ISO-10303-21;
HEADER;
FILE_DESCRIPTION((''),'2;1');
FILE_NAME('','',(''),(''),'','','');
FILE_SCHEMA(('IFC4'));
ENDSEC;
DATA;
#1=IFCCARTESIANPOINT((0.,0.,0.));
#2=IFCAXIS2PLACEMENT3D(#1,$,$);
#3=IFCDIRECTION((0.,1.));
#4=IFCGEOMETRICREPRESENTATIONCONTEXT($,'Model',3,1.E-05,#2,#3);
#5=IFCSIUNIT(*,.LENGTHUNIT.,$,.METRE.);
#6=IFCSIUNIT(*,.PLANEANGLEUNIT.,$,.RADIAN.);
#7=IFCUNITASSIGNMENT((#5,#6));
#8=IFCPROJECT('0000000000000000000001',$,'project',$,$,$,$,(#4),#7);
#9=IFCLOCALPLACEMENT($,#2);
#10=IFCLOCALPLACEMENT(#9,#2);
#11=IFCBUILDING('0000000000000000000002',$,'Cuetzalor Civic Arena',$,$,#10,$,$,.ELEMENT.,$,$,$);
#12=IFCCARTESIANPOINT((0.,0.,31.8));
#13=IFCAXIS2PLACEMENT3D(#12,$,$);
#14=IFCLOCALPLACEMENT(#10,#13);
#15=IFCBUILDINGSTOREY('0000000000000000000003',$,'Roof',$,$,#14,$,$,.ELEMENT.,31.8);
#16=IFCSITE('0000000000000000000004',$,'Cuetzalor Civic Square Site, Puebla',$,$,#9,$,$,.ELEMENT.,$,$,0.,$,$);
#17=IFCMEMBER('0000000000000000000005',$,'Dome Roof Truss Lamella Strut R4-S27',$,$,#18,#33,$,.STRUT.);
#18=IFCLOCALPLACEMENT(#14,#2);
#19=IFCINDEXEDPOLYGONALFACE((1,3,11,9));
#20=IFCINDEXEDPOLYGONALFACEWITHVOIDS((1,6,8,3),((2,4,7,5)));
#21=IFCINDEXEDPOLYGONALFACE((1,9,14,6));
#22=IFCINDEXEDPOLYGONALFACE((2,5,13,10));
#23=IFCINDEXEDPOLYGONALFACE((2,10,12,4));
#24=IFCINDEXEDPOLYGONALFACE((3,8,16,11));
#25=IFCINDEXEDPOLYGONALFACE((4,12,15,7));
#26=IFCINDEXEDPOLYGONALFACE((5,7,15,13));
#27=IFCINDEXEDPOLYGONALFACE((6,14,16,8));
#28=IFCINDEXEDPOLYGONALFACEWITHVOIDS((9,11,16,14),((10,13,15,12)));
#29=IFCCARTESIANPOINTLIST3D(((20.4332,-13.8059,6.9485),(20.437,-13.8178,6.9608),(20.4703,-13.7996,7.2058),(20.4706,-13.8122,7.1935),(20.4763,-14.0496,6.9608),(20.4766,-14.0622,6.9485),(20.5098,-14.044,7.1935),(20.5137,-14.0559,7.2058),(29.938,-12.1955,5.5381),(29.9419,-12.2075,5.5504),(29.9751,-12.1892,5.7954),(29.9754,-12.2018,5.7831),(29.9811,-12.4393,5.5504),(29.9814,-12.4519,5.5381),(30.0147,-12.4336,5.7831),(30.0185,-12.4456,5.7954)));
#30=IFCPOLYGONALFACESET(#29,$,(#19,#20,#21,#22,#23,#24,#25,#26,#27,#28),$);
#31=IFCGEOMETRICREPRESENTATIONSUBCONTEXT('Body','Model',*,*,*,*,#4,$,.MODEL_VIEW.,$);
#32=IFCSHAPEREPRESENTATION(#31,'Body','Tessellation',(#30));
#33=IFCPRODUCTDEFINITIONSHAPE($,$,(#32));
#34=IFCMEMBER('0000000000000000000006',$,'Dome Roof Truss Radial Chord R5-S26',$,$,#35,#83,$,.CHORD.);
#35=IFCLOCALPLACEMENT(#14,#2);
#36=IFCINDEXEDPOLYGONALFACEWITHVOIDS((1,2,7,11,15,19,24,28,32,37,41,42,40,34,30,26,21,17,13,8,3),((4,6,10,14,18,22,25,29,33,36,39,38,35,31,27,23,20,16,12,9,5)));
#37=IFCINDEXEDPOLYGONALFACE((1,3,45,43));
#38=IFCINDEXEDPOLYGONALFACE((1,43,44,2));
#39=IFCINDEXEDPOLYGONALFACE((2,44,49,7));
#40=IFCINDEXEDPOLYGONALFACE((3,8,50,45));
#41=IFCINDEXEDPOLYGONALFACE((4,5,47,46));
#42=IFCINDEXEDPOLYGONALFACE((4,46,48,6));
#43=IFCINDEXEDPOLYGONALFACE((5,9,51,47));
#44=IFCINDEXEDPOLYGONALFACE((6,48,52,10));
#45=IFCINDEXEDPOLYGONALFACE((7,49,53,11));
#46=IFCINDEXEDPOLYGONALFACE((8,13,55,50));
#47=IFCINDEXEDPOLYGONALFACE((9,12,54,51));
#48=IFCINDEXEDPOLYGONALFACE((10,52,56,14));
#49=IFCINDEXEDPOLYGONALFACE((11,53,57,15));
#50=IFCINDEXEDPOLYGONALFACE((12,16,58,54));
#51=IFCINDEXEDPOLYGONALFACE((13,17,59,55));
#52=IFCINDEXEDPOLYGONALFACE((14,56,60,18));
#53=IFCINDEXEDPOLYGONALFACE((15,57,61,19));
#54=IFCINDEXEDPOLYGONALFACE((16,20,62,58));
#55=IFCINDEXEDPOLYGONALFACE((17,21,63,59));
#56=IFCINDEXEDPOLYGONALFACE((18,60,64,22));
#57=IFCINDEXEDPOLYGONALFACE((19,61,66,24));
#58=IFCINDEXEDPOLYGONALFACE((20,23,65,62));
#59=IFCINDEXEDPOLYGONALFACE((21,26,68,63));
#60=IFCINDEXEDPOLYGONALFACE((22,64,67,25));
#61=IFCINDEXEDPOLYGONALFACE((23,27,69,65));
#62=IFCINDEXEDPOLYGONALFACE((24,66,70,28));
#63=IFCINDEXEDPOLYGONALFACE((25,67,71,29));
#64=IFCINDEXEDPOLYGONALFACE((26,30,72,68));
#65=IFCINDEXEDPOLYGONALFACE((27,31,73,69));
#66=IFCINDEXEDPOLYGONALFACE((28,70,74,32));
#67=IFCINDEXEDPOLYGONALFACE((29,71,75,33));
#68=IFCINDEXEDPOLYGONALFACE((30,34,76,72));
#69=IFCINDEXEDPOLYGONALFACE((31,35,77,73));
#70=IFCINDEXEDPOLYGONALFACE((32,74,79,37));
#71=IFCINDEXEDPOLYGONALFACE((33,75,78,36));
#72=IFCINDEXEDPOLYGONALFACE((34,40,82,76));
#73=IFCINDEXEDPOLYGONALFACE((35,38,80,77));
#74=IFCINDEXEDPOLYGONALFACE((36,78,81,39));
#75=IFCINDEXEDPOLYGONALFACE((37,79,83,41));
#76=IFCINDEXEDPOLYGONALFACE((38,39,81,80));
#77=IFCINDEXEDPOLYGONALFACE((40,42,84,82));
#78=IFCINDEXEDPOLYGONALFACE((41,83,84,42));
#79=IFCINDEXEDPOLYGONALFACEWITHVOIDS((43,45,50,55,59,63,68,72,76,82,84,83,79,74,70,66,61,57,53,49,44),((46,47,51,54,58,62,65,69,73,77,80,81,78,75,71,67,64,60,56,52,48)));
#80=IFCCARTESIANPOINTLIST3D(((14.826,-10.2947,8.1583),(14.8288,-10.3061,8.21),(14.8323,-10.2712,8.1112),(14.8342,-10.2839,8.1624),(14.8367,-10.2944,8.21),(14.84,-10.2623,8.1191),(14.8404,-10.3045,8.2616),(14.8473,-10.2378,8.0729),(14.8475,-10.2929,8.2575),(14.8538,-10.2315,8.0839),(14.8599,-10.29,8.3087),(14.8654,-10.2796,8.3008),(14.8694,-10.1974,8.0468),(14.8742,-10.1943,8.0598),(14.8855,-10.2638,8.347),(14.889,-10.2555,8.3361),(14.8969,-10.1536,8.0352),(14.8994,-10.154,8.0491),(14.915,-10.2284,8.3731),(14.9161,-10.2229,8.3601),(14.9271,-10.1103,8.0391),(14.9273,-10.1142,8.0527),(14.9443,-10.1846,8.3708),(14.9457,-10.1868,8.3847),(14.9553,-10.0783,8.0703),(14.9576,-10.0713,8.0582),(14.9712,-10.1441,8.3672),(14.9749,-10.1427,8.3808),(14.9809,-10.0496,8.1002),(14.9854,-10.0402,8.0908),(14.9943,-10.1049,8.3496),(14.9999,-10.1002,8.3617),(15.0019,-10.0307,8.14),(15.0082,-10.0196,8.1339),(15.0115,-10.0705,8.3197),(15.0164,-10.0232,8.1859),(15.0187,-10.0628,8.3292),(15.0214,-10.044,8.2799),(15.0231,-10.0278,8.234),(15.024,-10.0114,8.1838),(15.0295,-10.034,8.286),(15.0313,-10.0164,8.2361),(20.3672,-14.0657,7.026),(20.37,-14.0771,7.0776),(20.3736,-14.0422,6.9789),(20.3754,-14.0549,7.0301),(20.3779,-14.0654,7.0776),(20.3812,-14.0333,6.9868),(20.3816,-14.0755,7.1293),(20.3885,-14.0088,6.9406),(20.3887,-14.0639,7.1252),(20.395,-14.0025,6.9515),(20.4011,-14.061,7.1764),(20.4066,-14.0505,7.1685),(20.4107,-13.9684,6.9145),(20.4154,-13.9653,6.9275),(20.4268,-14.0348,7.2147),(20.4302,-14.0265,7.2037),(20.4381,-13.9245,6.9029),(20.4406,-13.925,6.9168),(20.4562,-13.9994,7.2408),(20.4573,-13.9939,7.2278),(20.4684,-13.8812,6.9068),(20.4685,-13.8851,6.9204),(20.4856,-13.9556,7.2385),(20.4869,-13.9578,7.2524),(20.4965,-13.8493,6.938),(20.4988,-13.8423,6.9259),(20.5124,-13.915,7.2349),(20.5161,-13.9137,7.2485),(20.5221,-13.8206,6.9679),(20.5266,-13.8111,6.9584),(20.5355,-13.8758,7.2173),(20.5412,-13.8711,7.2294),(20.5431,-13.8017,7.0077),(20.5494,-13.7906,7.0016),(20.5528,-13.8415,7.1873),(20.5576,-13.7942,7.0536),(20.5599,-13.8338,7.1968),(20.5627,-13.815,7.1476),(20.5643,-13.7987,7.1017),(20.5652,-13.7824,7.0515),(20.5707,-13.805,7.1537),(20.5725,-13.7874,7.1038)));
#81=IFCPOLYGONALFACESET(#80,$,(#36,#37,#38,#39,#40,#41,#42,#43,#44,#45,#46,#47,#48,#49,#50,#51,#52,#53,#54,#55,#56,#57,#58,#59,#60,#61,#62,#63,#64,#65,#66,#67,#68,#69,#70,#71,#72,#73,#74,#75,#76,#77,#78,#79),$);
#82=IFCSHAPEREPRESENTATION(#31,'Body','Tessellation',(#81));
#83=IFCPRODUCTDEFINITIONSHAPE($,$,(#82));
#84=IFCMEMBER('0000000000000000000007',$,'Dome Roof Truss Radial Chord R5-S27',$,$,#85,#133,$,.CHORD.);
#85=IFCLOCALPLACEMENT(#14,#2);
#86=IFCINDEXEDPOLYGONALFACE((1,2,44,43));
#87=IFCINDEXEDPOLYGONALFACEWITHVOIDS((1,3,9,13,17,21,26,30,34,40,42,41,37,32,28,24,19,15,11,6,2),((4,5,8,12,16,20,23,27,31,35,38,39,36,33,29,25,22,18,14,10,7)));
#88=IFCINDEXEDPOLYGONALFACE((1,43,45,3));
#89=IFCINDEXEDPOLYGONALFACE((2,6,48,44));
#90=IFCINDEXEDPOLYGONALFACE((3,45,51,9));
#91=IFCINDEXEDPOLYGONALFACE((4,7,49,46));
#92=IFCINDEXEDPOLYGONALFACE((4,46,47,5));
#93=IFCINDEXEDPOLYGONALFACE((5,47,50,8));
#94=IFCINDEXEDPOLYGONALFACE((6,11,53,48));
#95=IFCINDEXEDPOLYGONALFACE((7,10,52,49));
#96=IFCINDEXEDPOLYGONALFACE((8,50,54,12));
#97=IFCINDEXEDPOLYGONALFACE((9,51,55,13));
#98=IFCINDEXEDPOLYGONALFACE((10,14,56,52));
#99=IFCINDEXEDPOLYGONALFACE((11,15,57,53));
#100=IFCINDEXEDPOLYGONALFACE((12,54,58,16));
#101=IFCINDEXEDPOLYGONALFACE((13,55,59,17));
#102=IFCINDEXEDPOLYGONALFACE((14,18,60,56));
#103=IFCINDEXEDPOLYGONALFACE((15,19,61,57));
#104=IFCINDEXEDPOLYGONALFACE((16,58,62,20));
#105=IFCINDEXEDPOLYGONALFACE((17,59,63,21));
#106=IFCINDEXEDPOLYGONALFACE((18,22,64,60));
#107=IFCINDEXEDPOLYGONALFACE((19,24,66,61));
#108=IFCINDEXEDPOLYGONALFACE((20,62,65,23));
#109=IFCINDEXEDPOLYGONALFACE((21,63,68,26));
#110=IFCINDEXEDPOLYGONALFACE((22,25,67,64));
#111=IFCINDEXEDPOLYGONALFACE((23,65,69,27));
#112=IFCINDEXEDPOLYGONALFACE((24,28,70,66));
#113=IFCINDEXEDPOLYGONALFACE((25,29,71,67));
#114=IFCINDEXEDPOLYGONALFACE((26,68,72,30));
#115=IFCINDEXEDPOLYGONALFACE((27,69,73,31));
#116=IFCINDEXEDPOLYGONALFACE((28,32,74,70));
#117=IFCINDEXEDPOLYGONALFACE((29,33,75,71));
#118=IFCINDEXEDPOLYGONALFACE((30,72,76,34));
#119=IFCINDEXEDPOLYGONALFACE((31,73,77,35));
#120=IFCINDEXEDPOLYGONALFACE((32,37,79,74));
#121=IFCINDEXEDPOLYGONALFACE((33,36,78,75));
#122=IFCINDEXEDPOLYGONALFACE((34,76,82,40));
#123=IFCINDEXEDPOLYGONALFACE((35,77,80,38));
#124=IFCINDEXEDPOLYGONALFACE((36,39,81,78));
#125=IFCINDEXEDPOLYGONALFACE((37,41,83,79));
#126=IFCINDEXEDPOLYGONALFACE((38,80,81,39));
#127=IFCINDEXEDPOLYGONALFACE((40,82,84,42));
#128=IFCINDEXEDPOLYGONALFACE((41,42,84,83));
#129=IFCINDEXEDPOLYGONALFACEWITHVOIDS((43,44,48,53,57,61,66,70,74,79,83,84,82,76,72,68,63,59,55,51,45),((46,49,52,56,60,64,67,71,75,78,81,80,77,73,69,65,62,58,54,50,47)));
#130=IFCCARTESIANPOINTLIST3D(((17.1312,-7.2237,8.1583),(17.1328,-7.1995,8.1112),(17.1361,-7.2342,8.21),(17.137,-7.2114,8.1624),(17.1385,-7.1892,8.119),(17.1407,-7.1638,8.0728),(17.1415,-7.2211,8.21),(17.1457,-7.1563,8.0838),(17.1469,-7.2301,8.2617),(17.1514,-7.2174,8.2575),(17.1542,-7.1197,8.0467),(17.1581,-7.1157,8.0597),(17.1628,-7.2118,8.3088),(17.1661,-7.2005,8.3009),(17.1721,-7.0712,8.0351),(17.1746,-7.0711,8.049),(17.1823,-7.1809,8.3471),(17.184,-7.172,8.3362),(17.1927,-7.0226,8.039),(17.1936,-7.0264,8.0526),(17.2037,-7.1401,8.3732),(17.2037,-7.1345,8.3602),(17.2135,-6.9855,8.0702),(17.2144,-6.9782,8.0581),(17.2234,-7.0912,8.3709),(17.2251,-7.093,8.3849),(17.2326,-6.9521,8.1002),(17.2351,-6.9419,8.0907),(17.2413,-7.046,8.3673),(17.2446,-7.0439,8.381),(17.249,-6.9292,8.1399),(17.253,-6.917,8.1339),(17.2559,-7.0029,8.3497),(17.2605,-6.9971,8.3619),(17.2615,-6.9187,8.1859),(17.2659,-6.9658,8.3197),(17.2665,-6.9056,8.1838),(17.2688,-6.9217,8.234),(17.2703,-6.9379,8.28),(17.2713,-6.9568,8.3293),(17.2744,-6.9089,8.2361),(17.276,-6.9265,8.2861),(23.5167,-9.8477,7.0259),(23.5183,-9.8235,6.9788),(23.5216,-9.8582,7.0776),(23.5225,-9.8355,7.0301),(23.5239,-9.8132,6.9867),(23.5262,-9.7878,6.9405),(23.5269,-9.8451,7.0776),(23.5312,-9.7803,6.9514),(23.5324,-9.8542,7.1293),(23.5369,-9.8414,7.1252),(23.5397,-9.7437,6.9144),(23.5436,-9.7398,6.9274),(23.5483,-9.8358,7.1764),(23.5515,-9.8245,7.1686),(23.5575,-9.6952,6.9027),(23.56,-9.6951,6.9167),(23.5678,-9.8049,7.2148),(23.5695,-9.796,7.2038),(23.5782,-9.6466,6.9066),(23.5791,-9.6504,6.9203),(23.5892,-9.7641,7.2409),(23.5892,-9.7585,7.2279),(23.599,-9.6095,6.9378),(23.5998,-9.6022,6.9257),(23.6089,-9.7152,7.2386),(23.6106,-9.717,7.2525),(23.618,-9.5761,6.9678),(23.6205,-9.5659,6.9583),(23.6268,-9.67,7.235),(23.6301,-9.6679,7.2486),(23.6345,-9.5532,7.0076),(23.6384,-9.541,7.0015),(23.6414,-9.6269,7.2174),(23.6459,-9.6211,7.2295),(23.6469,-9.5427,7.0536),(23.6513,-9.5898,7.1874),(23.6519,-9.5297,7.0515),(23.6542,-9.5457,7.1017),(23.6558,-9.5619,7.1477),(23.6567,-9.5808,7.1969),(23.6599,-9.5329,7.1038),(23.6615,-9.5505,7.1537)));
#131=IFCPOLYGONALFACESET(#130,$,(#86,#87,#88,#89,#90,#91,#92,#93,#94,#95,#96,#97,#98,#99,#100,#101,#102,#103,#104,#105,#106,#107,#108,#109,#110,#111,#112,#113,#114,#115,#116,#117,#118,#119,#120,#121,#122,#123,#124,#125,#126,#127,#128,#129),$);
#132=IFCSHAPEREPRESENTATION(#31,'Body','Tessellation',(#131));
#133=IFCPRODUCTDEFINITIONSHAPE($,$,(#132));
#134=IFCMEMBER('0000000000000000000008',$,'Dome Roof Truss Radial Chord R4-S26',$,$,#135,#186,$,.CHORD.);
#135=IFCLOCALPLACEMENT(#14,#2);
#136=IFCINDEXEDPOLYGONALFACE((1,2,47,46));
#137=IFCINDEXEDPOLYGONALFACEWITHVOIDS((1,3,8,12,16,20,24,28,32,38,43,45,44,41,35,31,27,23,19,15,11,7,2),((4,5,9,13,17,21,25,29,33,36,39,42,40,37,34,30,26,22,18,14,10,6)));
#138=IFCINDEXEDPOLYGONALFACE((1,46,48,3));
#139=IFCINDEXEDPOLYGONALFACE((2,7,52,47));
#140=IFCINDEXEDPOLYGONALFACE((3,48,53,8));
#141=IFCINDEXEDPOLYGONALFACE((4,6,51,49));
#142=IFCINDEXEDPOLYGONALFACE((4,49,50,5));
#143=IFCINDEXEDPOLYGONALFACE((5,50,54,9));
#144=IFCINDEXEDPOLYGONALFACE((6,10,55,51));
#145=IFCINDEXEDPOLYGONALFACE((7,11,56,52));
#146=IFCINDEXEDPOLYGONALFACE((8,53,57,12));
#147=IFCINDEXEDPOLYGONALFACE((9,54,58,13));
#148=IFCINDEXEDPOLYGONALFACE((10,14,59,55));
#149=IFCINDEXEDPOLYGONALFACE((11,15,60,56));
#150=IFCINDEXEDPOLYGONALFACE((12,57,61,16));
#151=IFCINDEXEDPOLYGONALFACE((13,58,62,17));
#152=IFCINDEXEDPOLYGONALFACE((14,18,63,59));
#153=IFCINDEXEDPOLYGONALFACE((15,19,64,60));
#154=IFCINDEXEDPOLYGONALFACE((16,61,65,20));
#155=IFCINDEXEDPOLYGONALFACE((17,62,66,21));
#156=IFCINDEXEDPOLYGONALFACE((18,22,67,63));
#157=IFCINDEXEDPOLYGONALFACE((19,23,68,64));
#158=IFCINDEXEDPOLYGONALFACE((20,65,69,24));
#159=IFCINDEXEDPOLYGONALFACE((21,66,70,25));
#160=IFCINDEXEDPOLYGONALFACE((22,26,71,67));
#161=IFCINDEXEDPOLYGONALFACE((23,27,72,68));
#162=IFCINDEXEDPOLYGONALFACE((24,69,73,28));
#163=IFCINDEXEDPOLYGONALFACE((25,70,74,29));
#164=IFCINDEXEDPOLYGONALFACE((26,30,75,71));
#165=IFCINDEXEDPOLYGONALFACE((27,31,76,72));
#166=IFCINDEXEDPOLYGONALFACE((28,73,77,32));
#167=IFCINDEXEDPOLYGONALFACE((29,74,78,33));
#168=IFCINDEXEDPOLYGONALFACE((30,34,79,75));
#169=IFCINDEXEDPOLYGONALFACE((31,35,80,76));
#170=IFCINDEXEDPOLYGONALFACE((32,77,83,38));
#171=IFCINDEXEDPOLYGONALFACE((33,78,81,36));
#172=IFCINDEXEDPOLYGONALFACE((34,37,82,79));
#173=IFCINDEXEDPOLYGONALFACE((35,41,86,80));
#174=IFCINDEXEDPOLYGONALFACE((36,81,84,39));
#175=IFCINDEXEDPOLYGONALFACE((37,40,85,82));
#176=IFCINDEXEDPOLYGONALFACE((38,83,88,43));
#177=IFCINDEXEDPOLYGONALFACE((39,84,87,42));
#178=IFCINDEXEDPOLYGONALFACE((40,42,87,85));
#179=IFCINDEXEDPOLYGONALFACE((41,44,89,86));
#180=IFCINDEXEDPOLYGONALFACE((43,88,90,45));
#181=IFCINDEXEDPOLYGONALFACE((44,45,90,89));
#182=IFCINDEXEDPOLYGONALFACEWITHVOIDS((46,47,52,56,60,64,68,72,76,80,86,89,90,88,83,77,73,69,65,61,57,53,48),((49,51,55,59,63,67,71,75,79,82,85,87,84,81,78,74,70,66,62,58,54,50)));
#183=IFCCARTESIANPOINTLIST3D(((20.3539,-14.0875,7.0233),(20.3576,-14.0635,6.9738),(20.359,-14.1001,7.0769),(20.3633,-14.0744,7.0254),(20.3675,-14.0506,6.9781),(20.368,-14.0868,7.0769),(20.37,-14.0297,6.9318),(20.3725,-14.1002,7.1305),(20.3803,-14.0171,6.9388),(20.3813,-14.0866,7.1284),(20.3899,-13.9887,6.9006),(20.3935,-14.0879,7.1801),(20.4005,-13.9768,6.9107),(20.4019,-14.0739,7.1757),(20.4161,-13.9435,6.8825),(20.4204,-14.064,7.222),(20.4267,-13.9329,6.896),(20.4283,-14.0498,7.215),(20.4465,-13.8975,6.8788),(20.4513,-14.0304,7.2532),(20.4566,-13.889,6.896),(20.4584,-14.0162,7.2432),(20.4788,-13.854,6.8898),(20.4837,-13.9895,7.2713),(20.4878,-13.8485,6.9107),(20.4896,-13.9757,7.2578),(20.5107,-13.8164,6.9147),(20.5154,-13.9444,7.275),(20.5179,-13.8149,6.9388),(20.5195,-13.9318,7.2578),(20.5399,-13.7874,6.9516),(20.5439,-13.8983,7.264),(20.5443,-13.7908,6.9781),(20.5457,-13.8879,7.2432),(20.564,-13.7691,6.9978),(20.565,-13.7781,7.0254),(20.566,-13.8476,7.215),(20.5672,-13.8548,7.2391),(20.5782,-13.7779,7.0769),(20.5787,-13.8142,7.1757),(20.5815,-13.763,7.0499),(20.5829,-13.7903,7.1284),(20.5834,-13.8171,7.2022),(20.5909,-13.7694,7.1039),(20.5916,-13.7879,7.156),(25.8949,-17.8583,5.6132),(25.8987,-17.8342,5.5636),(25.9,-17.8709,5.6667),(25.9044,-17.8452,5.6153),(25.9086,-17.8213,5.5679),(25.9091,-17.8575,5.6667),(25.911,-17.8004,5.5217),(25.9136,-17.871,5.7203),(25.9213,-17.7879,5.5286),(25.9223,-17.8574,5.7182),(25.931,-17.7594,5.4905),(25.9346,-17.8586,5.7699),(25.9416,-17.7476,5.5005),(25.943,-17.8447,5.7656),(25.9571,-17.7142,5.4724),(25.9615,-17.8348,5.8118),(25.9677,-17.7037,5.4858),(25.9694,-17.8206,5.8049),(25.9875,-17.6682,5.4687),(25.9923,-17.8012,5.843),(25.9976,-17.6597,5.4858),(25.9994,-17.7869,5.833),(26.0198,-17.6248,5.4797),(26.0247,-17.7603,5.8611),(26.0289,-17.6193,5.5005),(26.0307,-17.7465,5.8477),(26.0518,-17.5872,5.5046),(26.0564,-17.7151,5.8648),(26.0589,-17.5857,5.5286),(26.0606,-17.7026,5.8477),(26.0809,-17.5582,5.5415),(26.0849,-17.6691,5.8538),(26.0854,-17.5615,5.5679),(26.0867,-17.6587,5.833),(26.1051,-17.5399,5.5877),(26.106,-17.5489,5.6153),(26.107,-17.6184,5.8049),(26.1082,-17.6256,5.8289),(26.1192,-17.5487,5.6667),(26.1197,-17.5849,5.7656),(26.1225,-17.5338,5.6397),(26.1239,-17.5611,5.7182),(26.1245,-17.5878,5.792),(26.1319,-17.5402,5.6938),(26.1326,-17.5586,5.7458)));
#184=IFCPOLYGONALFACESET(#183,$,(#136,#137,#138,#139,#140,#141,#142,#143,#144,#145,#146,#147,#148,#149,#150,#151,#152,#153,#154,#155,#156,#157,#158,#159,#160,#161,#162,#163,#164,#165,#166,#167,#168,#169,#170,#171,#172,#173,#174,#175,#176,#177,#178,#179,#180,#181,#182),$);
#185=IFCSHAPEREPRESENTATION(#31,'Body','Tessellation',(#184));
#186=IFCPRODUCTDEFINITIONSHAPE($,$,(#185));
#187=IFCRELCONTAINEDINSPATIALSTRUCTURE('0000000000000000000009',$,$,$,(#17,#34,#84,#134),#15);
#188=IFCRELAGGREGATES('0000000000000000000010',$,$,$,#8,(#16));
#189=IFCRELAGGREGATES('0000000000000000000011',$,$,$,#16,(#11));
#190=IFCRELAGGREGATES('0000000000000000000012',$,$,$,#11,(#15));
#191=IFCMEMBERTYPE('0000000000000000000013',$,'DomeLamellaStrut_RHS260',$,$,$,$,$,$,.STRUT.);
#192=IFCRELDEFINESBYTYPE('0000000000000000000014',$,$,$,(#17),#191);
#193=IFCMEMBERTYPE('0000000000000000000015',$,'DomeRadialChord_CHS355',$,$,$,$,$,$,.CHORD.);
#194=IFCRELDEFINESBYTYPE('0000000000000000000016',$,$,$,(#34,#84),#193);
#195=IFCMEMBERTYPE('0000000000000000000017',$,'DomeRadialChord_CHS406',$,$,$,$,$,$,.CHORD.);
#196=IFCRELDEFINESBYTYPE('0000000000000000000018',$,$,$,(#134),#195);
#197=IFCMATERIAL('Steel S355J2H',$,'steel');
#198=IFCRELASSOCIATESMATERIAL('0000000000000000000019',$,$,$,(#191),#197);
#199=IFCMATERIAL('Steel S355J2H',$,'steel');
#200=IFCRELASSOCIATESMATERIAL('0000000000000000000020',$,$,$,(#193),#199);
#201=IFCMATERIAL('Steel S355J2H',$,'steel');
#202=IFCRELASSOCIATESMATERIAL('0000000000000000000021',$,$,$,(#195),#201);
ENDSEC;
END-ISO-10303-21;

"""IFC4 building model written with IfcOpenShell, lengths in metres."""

from ifc_helpers import new_model, si_unit, direction, frame, origin, origin_2d, place, context, subcontext, project, spatial, hollow_rectangle, hollow_circle, extrude, material, material_profile, profile_set, type_object, element, save


model = new_model("IFC4")

# Units and contexts
model_context = context("Model", 3, precision=1e-05, world=origin(), true_north=direction((0.0, 1.0)))
body_context = subcontext(model_context, "Body", "Model", "MODEL_VIEW")
ifc_project = project(units=[si_unit("LENGTHUNIT", "METRE"), si_unit("PLANEANGLEUNIT", "RADIAN")], contexts=[model_context])

# Site, building, storey
site_placement = place(None, origin())
site = spatial("IfcSite", under=ifc_project, at=site_placement, Name="Cuetzalor Civic Square Site, Puebla", CompositionType="ELEMENT", RefElevation=0.0)
building_placement = place(site_placement, origin())
building = spatial("IfcBuilding", under=site, at=building_placement, Name="Cuetzalor Civic Arena", CompositionType="ELEMENT")
storey_placement = place(building_placement, frame((0.0, 0.0, 31.8)))
storey = spatial("IfcBuildingStorey", under=building, at=storey_placement, Name="Roof", CompositionType="ELEMENT", Elevation=31.8)

# Members
ifc_material_1 = material(Name="Steel S355J2H", Category="steel")
ifc_material_profile_1 = material_profile(ifc_material_1, hollow_rectangle(XDim=0.26, YDim=0.26, WallThickness=0.0125, at=origin_2d()), Name="RHS 260x260x12.5")
ifc_profile_set_1 = profile_set([ifc_material_profile_1], Name="Steel S355J2H")
member_type_1 = type_object("IfcMemberType", Name="DomeLamellaStrut_RHS260", PredefinedType="STRUT", material=ifc_profile_set_1)
member_1_placement = place(storey_placement, frame((29.9783, -12.3206, 5.6667), z_axis=(-0.975564, -0.165284, 0.144761), x_axis=(0.167043, -0.98595, 0.0)))
element("IfcMember", 1, at=member_1_placement, inside=storey, type_object=member_type_1, Name="Dome Roof Truss Lamella Strut R4-S27", PredefinedType="STRUT", context=body_context, shape_type="SweptSolid", body=[
    extrude(hollow_rectangle(XDim=0.26, YDim=0.26, WallThickness=0.0125, at=origin_2d()), origin(), (0.0, 0.0, 1.0), 9.7429),
])
ifc_material_2 = material(Name="Steel S355J2H", Category="steel")
ifc_material_profile_2 = material_profile(ifc_material_2, hollow_circle(Radius=0.1777, WallThickness=0.0142, at=origin_2d()), Name="CHS 355.6x14.2")
ifc_profile_set_2 = profile_set([ifc_material_profile_2], Name="Steel S355J2H")
member_type_2 = type_object("IfcMemberType", Name="DomeRadialChord_CHS355", PredefinedType="CHORD", material=ifc_profile_set_2)
member_2_placement = place(storey_placement, frame((20.47, -13.9302, 7.0776), z_axis=(-0.815172, 0.554749, 0.166576), x_axis=(-0.56261, -0.826723, 0.0)))
element("IfcMember", 2, at=member_2_placement, inside=storey, type_object=member_type_2, Name="Dome Roof Truss Radial Chord R5-S26", PredefinedType="CHORD", context=body_context, shape_type="SweptSolid", body=[
    extrude(hollow_circle(Radius=0.1777, WallThickness=0.0142, at=origin_2d()), origin(), (0.0, 0.0, 1.0), 6.7976),
])
member_3_placement = place(storey_placement, frame((23.5891, -9.6938, 7.0776), z_axis=(-0.912752, 0.375082, 0.161856), x_axis=(-0.380093, -0.924948, 0.0)))
element("IfcMember", 3, at=member_3_placement, inside=storey, type_object=member_type_2, Name="Dome Roof Truss Radial Chord R5-S27", PredefinedType="CHORD", context=body_context, shape_type="SweptSolid", body=[
    extrude(hollow_circle(Radius=0.1777, WallThickness=0.0142, at=origin_2d()), origin(), (0.0, 0.0, 1.0), 6.9958),
])
ifc_material_3 = material(Name="Steel S355J2H", Category="steel")
ifc_material_profile_3 = material_profile(ifc_material_3, hollow_circle(Radius=0.2029, WallThickness=0.0161, at=origin_2d()), Name="CHS 406x16")
ifc_profile_set_3 = profile_set([ifc_material_profile_3], Name="Steel S355J2H")
member_type_3 = type_object("IfcMemberType", Name="DomeRadialChord_CHS406", PredefinedType="CHORD", material=ifc_profile_set_3)
member_4_placement = place(storey_placement, frame((26.0142, -17.7031, 5.6667), z_axis=(-0.809015, 0.550548, 0.20589), x_axis=(-0.562602, -0.826728, 0.0)))
element("IfcMember", 4, at=member_4_placement, inside=storey, type_object=member_type_3, Name="Dome Roof Truss Radial Chord R4-S26", PredefinedType="CHORD", context=body_context, shape_type="SweptSolid", body=[
    extrude(hollow_circle(Radius=0.2029, WallThickness=0.0161, at=origin_2d()), origin(), (0.0, 0.0, 1.0), 6.8491),
])

save(model, "model.ifc")
